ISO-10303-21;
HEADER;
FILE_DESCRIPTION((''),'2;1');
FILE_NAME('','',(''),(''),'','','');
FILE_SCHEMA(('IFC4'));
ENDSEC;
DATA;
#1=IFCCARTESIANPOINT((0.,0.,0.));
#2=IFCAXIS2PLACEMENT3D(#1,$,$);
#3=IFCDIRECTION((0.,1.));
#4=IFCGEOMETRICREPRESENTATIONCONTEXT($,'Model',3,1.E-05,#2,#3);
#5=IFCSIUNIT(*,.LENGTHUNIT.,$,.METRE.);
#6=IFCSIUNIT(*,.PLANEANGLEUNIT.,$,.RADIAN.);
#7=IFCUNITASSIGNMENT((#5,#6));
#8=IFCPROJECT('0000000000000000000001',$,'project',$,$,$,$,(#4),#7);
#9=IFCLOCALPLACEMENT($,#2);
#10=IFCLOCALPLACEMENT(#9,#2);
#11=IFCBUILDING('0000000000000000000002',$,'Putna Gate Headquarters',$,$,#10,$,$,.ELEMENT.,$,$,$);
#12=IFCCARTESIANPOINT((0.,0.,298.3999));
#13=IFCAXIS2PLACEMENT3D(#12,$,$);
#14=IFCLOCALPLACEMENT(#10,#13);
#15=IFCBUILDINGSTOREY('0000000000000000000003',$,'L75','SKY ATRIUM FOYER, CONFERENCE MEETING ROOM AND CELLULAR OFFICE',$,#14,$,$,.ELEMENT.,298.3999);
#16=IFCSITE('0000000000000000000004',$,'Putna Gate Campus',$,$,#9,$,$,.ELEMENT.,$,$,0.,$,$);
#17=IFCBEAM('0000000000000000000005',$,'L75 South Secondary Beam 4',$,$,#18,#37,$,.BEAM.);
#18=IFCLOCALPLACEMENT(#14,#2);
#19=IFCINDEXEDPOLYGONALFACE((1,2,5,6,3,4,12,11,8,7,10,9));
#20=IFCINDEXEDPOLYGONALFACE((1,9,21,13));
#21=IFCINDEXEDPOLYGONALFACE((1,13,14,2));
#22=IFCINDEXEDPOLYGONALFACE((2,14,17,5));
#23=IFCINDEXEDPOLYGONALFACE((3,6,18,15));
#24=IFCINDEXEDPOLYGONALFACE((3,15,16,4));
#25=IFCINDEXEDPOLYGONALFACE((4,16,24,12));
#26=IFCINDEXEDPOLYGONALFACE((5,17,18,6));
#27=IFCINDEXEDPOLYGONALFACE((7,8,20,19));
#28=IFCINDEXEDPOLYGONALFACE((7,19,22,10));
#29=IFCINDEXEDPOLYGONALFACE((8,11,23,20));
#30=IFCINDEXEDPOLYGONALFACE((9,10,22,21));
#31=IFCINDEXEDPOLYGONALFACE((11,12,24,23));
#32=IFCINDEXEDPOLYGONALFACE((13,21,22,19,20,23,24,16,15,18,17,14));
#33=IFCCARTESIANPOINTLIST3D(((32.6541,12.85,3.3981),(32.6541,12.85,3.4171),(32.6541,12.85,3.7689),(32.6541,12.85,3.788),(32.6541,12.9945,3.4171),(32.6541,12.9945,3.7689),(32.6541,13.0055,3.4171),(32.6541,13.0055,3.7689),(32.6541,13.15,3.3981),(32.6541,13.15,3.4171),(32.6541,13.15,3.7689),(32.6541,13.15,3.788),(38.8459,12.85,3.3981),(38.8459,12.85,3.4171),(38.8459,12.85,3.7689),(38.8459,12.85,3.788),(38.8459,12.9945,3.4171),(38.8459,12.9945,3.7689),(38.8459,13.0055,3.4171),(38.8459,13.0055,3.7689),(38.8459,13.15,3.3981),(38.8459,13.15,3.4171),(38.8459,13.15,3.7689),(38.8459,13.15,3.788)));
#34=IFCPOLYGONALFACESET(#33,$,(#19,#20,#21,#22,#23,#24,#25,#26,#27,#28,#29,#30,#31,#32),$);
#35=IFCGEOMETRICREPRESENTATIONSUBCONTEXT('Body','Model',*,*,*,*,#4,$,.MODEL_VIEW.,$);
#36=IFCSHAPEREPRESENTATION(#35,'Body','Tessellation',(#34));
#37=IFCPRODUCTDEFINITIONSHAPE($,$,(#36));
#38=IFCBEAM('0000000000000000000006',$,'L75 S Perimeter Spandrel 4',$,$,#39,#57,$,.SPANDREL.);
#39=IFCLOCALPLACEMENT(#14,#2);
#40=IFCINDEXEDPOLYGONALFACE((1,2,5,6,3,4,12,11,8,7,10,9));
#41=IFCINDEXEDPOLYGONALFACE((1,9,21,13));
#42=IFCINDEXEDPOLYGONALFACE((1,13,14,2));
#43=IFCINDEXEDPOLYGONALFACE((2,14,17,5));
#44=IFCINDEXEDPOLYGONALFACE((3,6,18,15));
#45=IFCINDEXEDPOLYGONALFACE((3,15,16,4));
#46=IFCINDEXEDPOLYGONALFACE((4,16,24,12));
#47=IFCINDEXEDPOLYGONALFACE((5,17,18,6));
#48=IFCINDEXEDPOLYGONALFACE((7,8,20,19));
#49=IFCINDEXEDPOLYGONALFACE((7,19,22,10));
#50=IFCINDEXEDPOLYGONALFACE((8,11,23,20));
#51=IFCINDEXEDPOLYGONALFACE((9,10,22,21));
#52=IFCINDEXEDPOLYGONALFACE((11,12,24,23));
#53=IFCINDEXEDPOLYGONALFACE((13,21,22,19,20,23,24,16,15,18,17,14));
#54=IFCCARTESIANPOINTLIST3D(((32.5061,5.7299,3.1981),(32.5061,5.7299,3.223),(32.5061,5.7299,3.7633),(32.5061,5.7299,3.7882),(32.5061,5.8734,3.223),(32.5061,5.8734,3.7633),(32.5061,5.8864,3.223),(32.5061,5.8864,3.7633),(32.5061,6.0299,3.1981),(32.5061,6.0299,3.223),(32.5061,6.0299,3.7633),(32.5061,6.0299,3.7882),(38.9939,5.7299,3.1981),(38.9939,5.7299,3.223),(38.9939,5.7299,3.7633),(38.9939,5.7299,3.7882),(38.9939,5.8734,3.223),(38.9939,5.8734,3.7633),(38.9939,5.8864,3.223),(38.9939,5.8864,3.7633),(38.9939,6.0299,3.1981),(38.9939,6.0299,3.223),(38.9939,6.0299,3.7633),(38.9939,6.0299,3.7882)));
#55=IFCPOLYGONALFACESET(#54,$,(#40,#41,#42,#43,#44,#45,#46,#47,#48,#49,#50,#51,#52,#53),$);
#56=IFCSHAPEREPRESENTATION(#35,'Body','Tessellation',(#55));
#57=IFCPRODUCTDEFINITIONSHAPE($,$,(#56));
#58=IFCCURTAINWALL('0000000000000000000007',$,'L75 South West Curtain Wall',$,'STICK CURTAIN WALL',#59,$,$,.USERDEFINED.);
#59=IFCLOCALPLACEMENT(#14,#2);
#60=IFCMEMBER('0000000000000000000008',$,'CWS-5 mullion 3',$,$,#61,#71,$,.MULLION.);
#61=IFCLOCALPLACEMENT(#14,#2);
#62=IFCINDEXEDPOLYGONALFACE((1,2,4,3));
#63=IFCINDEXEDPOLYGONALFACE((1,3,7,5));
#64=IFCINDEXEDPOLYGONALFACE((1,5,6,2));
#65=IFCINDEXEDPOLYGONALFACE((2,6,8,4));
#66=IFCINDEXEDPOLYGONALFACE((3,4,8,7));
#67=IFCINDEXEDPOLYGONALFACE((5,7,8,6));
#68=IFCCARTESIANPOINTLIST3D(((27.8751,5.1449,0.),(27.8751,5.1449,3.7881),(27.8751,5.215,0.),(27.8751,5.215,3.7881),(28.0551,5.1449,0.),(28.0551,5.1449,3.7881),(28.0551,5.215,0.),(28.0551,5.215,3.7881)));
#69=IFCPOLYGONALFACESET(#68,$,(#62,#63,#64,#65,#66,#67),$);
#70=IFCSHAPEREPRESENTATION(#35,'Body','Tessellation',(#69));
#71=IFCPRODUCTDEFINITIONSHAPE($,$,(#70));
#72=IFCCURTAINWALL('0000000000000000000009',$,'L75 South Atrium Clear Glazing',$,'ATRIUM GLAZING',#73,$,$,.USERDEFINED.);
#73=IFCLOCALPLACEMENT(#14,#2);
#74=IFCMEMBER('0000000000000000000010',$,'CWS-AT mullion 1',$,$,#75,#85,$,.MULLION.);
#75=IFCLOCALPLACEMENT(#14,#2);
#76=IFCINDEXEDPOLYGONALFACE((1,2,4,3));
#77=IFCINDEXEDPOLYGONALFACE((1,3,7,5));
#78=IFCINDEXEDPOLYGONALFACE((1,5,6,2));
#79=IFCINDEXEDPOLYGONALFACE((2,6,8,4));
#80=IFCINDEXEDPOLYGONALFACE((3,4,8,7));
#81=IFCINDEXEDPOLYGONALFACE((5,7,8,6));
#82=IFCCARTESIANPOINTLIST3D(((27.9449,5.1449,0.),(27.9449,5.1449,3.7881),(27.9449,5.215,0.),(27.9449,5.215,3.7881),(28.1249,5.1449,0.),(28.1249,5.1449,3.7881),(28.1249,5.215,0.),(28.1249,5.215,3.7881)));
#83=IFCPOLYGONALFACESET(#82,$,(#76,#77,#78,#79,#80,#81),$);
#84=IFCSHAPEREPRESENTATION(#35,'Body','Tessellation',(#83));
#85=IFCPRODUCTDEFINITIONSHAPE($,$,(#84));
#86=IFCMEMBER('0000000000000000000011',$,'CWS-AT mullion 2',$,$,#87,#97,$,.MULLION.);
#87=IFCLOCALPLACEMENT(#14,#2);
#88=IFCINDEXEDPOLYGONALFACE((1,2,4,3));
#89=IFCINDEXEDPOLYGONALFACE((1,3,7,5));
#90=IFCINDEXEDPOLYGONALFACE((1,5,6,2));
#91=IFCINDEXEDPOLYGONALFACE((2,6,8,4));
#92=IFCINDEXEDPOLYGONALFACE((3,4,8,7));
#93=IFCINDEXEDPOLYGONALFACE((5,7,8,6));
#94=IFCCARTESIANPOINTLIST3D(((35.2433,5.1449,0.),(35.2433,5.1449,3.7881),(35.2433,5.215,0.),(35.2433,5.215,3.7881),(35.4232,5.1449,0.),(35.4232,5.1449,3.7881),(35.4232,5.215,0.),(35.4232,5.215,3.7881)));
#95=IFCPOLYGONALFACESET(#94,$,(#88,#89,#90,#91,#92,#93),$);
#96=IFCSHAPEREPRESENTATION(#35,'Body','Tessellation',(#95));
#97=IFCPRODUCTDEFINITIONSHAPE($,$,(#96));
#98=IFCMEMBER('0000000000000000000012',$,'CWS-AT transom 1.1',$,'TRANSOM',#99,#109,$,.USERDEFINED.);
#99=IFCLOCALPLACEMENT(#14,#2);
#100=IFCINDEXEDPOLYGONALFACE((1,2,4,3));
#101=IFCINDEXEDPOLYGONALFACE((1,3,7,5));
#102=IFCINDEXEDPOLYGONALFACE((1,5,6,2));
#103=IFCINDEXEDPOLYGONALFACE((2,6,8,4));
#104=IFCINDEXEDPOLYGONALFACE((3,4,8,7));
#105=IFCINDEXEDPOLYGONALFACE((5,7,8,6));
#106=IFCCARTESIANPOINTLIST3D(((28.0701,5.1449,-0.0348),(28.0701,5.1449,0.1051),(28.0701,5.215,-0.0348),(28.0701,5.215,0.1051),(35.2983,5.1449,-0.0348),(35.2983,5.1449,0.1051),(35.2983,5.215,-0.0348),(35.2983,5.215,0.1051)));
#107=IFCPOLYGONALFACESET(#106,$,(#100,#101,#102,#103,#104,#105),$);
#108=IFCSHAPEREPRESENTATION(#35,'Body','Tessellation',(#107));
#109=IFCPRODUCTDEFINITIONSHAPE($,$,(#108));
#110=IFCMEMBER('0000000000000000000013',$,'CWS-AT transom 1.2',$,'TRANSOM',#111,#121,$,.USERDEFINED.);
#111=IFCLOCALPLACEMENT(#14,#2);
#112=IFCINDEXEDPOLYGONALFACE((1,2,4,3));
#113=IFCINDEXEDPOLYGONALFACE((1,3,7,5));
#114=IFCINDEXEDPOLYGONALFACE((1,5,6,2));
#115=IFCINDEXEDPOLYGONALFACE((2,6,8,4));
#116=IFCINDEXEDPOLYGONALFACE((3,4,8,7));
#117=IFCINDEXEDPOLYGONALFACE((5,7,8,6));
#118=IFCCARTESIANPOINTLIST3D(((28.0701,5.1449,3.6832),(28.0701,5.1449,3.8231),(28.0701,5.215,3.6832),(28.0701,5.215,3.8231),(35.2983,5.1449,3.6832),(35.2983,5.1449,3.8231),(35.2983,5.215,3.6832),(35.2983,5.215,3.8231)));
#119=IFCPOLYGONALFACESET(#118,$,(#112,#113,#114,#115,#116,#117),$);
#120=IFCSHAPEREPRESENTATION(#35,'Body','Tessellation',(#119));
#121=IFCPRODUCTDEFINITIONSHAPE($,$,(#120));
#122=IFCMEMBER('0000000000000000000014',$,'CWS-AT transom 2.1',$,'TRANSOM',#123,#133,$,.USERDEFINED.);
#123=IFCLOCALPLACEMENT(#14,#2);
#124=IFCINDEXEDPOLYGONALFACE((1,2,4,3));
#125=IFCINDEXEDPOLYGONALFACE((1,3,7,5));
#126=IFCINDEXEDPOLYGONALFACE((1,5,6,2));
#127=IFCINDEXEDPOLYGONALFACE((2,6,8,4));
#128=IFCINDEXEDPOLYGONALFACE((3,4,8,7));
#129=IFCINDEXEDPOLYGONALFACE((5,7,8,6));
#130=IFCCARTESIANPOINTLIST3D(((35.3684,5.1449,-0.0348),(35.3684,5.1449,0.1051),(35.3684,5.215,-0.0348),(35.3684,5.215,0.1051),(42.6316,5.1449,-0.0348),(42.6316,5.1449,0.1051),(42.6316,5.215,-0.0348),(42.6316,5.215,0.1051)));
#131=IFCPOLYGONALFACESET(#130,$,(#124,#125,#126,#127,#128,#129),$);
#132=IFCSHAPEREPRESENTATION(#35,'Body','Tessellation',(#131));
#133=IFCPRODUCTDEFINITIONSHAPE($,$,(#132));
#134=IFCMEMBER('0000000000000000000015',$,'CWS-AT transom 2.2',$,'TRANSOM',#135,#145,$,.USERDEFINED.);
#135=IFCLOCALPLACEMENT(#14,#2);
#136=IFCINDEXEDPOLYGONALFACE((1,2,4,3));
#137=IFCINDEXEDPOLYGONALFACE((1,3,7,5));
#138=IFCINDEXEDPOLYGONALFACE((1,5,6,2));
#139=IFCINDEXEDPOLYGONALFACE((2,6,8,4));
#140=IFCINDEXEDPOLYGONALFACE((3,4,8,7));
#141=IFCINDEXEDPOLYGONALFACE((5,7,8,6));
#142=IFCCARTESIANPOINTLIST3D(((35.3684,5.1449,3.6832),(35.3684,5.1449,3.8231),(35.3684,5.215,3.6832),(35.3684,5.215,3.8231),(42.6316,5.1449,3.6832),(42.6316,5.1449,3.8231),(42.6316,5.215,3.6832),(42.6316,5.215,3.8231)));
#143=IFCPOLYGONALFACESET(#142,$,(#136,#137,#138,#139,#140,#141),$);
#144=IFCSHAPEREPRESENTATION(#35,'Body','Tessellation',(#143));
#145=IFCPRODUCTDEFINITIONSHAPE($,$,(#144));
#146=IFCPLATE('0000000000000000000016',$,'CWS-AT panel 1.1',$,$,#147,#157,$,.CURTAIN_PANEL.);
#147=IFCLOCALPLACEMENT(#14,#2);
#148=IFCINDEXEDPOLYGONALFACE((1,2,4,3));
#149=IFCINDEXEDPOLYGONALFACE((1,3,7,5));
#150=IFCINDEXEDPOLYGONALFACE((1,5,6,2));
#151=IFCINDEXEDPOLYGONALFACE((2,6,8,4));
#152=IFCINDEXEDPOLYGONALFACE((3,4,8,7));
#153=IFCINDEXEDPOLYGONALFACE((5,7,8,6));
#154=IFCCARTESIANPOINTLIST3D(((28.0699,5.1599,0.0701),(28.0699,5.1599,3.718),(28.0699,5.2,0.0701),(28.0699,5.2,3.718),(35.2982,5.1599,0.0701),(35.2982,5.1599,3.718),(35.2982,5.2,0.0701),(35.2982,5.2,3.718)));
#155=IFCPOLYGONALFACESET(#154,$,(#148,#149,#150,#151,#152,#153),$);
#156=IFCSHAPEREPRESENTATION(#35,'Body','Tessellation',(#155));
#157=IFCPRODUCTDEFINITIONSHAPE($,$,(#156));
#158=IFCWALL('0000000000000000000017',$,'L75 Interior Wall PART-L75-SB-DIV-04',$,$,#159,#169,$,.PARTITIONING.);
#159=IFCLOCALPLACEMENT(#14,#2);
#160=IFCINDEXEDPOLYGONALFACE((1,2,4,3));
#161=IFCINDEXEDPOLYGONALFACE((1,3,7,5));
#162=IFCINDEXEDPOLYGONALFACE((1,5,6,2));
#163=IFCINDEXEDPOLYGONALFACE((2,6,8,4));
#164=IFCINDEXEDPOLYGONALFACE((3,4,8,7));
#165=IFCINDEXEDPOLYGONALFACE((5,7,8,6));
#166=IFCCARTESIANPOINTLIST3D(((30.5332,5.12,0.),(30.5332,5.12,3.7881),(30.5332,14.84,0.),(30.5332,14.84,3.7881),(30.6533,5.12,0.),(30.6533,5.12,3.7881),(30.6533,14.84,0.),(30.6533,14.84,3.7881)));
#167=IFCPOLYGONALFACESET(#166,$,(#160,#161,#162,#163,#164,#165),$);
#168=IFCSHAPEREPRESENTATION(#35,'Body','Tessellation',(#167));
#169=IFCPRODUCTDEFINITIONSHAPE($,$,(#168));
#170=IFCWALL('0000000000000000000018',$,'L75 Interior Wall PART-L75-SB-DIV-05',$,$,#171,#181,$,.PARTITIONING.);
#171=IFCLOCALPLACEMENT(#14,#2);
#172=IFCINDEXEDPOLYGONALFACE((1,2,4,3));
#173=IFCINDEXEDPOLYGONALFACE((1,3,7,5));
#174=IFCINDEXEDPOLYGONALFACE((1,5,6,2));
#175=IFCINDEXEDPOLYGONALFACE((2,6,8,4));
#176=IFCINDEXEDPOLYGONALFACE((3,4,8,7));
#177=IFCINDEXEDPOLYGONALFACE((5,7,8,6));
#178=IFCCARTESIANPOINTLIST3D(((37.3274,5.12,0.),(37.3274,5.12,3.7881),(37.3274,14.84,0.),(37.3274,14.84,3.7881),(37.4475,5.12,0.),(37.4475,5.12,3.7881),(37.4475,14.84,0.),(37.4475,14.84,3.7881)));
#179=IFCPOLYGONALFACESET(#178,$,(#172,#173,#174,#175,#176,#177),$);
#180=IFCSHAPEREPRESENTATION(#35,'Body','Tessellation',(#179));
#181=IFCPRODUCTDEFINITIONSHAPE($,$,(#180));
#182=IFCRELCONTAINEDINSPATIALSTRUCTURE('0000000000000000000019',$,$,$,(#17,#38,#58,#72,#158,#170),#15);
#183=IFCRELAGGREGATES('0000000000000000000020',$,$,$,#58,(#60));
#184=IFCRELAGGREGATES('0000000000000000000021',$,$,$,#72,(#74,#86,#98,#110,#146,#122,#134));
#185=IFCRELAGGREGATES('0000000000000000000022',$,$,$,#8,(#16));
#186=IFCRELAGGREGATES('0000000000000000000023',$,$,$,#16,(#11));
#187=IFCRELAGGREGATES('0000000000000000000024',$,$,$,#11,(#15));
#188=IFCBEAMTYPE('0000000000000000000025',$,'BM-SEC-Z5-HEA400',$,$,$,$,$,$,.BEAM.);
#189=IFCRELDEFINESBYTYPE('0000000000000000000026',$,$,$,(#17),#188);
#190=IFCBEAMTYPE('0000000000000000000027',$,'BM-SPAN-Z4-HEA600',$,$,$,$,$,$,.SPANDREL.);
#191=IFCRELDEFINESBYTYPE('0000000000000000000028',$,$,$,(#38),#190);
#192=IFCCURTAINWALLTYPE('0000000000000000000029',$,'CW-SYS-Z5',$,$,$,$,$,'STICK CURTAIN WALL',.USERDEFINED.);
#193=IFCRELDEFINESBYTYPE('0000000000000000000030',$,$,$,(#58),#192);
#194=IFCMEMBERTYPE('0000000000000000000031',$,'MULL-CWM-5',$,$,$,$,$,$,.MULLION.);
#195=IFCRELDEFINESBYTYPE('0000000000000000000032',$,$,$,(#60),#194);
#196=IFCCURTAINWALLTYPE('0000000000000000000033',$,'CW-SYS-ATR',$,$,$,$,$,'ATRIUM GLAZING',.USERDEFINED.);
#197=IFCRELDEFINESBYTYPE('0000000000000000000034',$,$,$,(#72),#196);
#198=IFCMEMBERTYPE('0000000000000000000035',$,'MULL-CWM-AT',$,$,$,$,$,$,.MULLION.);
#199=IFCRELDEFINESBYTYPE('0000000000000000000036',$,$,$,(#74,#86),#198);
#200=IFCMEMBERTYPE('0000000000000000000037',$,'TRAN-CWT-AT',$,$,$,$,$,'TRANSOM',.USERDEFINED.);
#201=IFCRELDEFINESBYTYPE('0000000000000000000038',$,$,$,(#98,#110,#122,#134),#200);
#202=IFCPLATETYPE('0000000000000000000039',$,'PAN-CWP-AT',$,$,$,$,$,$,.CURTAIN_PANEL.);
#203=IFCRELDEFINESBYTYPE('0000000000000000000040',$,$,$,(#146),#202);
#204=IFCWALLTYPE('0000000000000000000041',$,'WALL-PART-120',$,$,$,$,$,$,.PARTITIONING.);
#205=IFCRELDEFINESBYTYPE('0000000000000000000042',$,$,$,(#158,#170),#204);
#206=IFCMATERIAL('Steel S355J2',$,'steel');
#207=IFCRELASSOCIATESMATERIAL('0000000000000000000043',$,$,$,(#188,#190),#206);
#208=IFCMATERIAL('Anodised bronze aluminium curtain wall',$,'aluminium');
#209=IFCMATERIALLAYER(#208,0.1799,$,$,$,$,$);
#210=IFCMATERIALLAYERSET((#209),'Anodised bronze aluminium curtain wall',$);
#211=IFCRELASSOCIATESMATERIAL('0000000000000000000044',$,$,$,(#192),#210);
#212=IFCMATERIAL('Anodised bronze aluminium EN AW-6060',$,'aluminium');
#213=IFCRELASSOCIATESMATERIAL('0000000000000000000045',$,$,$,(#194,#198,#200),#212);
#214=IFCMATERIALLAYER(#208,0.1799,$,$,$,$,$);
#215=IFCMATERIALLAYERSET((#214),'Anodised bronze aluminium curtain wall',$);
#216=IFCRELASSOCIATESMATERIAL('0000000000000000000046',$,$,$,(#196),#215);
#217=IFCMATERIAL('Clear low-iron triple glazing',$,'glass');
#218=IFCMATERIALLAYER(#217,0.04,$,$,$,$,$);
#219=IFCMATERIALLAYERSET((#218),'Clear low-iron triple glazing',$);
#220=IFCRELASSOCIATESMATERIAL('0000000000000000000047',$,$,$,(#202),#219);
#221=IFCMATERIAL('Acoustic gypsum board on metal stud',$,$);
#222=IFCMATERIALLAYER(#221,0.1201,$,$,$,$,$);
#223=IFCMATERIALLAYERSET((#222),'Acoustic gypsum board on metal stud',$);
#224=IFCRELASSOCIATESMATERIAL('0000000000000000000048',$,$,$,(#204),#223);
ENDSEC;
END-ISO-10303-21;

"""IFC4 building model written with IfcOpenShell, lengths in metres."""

from ifc_helpers import new_model, si_unit, direction, frame, frame_2d, origin, origin_2d, place, context, subcontext, project, spatial, rectangle, i_section, extrude, material, layer, layer_set, material_profile, profile_set, type_object, element, aggregate, save


model = new_model("IFC4")

# Units and contexts
model_context = context("Model", 3, precision=1e-05, world=origin(), true_north=direction((0.0, 1.0)))
body_context = subcontext(model_context, "Body", "Model", "MODEL_VIEW")
ifc_project = project(units=[si_unit("LENGTHUNIT", "METRE"), si_unit("PLANEANGLEUNIT", "RADIAN")], contexts=[model_context])

# Site, building, storey
site_placement = place(None, origin())
site = spatial("IfcSite", under=ifc_project, at=site_placement, Name="Putna Gate Campus", CompositionType="ELEMENT", RefElevation=0.0)
building_placement = place(site_placement, origin())
building = spatial("IfcBuilding", under=site, at=building_placement, Name="Putna Gate Headquarters", CompositionType="ELEMENT")
storey_placement = place(building_placement, frame((0.0, 0.0, 298.3999)))
storey = spatial("IfcBuildingStorey", under=building, at=storey_placement, Name="L75", Description="SKY ATRIUM FOYER, CONFERENCE MEETING ROOM AND CELLULAR OFFICE", CompositionType="ELEMENT", Elevation=298.3999)

# Beams
ifc_material_1 = material(Name="Steel S355J2", Category="steel")
ifc_material_profile_1 = material_profile(ifc_material_1, i_section(OverallWidth=0.3, OverallDepth=0.3899, WebThickness=0.011, FlangeThickness=0.019, at=origin_2d()), Name="Steel S355J2")
ifc_profile_set_1 = profile_set([ifc_material_profile_1], Name="Steel S355J2")
beam_type_1 = type_object("IfcBeamType", Name="BM-SEC-Z5-HEA400", PredefinedType="BEAM", material=ifc_profile_set_1)
beam_1_placement = place(storey_placement, frame((32.6541, 13.0, 3.593), z_axis=(1.0, 0.0, 0.0), x_axis=(0.0, 1.0, 0.0)))
element("IfcBeam", 1, at=beam_1_placement, inside=storey, type_object=beam_type_1, Name="L75 South Secondary Beam 4", PredefinedType="BEAM", context=body_context, shape_type="SweptSolid", body=[
    extrude(i_section(OverallWidth=0.3, OverallDepth=0.3899, WebThickness=0.011, FlangeThickness=0.019, at=origin_2d()), origin(), (0.0, 0.0, 1.0), 6.1919),
])
ifc_material_profile_2 = material_profile(ifc_material_1, i_section(OverallWidth=0.3, OverallDepth=0.5901, WebThickness=0.0129, FlangeThickness=0.0249, at=origin_2d()), Name="Steel S355J2")
ifc_profile_set_2 = profile_set([ifc_material_profile_2], Name="Steel S355J2")
beam_type_2 = type_object("IfcBeamType", Name="BM-SPAN-Z4-HEA600", PredefinedType="SPANDREL", material=ifc_profile_set_2)
beam_2_placement = place(storey_placement, frame((32.5061, 5.8799, 3.4932), z_axis=(1.0, 0.0, 0.0), x_axis=(0.0, 1.0, 0.0)))
element("IfcBeam", 2, at=beam_2_placement, inside=storey, type_object=beam_type_2, Name="L75 S Perimeter Spandrel 4", PredefinedType="SPANDREL", context=body_context, shape_type="SweptSolid", body=[
    extrude(i_section(OverallWidth=0.3, OverallDepth=0.5901, WebThickness=0.0129, FlangeThickness=0.0249, at=origin_2d()), origin(), (0.0, 0.0, 1.0), 6.4878),
])

# Curtain wall, member
ifc_material_2 = material(Name="Anodised bronze aluminium curtain wall", Category="aluminium")
ifc_layer_1 = layer(ifc_material_2, 0.1799)
ifc_layer_set_1 = layer_set([ifc_layer_1], Name="Anodised bronze aluminium curtain wall")
curtain_wall_type_1 = type_object("IfcCurtainWallType", Name="CW-SYS-Z5", ElementType="STICK CURTAIN WALL", PredefinedType="USERDEFINED", material=ifc_layer_set_1)
curtain_wall_1_placement = place(storey_placement, origin())
curtain_wall_1 = element("IfcCurtainWall", 3, at=curtain_wall_1_placement, inside=storey, type_object=curtain_wall_type_1, Name="L75 South West Curtain Wall", ObjectType="STICK CURTAIN WALL", PredefinedType="USERDEFINED")
ifc_material_3 = material(Name="Anodised bronze aluminium EN AW-6060", Category="aluminium")
ifc_material_profile_3 = material_profile(ifc_material_3, rectangle(XDim=0.0701, YDim=0.1799, at=origin_2d()), Name="Anodised bronze aluminium EN AW-6060")
ifc_profile_set_3 = profile_set([ifc_material_profile_3], Name="Anodised bronze aluminium EN AW-6060")
member_type_1 = type_object("IfcMemberType", Name="MULL-CWM-5", PredefinedType="MULLION", material=ifc_profile_set_3)
member_1_placement = place(storey_placement, frame((27.9651, 5.1799, 0.0), z_axis=(0.0, 0.0, 1.0), x_axis=(0.0, 1.0, 0.0)))
member_1 = element("IfcMember", 4, at=member_1_placement, type_object=member_type_1, Name="CWS-5 mullion 3", PredefinedType="MULLION", context=body_context, shape_type="SweptSolid", body=[
    extrude(rectangle(XDim=0.0701, YDim=0.1799, at=origin_2d()), origin(), (0.0, 0.0, 1.0), 3.7881),
])
aggregate(curtain_wall_1, [member_1])

# Curtain wall, members, plate
ifc_layer_2 = layer(ifc_material_2, 0.1799)
ifc_layer_set_2 = layer_set([ifc_layer_2], Name="Anodised bronze aluminium curtain wall")
curtain_wall_type_2 = type_object("IfcCurtainWallType", Name="CW-SYS-ATR", ElementType="ATRIUM GLAZING", PredefinedType="USERDEFINED", material=ifc_layer_set_2)
curtain_wall_2_placement = place(storey_placement, origin())
curtain_wall_2 = element("IfcCurtainWall", 5, at=curtain_wall_2_placement, inside=storey, type_object=curtain_wall_type_2, Name="L75 South Atrium Clear Glazing", ObjectType="ATRIUM GLAZING", PredefinedType="USERDEFINED")
ifc_material_profile_4 = material_profile(ifc_material_3, rectangle(XDim=0.0701, YDim=0.1799, at=origin_2d()), Name="Anodised bronze aluminium EN AW-6060")
ifc_profile_set_4 = profile_set([ifc_material_profile_4], Name="Anodised bronze aluminium EN AW-6060")
member_type_2 = type_object("IfcMemberType", Name="MULL-CWM-AT", PredefinedType="MULLION", material=ifc_profile_set_4)
member_2_placement = place(storey_placement, frame((28.0349, 5.1799, 0.0), z_axis=(0.0, 0.0, 1.0), x_axis=(0.0, 1.0, 0.0)))
member_2 = element("IfcMember", 6, at=member_2_placement, type_object=member_type_2, Name="CWS-AT mullion 1", PredefinedType="MULLION", context=body_context, shape_type="SweptSolid", body=[
    extrude(rectangle(XDim=0.0701, YDim=0.1799, at=origin_2d()), origin(), (0.0, 0.0, 1.0), 3.7881),
])
member_3_placement = place(storey_placement, frame((35.3333, 5.1799, 0.0), z_axis=(0.0, 0.0, 1.0), x_axis=(0.0, 1.0, 0.0)))
member_3 = element("IfcMember", 7, at=member_3_placement, type_object=member_type_2, Name="CWS-AT mullion 2", PredefinedType="MULLION", context=body_context, shape_type="SweptSolid", body=[
    extrude(rectangle(XDim=0.0701, YDim=0.1799, at=origin_2d()), origin(), (0.0, 0.0, 1.0), 3.7881),
])
ifc_material_profile_5 = material_profile(ifc_material_3, rectangle(XDim=0.0701, YDim=0.1399, at=origin_2d()), Name="Anodised bronze aluminium EN AW-6060")
ifc_profile_set_5 = profile_set([ifc_material_profile_5], Name="Anodised bronze aluminium EN AW-6060")
member_type_3 = type_object("IfcMemberType", Name="TRAN-CWT-AT", ElementType="TRANSOM", PredefinedType="USERDEFINED", material=ifc_profile_set_5)
member_4_placement = place(storey_placement, frame((28.0701, 5.1799, 0.0352), z_axis=(1.0, 0.0, 0.0), x_axis=(0.0, 1.0, 0.0)))
member_4 = element("IfcMember", 8, at=member_4_placement, type_object=member_type_3, Name="CWS-AT transom 1.1", ObjectType="TRANSOM", PredefinedType="USERDEFINED", context=body_context, shape_type="SweptSolid", body=[
    extrude(rectangle(XDim=0.0701, YDim=0.1399, at=origin_2d()), origin(), (0.0, 0.0, 1.0), 7.2283),
])
member_5_placement = place(storey_placement, frame((28.0701, 5.1799, 3.7532), z_axis=(1.0, 0.0, 0.0), x_axis=(0.0, 1.0, 0.0)))
member_5 = element("IfcMember", 9, at=member_5_placement, type_object=member_type_3, Name="CWS-AT transom 1.2", ObjectType="TRANSOM", PredefinedType="USERDEFINED", context=body_context, shape_type="SweptSolid", body=[
    extrude(rectangle(XDim=0.0701, YDim=0.1399, at=origin_2d()), origin(), (0.0, 0.0, 1.0), 7.2283),
])
member_6_placement = place(storey_placement, frame((35.3684, 5.1799, 0.0352), z_axis=(1.0, 0.0, 0.0), x_axis=(0.0, 1.0, 0.0)))
member_6 = element("IfcMember", 10, at=member_6_placement, type_object=member_type_3, Name="CWS-AT transom 2.1", ObjectType="TRANSOM", PredefinedType="USERDEFINED", context=body_context, shape_type="SweptSolid", body=[
    extrude(rectangle(XDim=0.0701, YDim=0.1399, at=origin_2d()), origin(), (0.0, 0.0, 1.0), 7.2632),
])
member_7_placement = place(storey_placement, frame((35.3684, 5.1799, 3.7532), z_axis=(1.0, 0.0, 0.0), x_axis=(0.0, 1.0, 0.0)))
member_7 = element("IfcMember", 11, at=member_7_placement, type_object=member_type_3, Name="CWS-AT transom 2.2", ObjectType="TRANSOM", PredefinedType="USERDEFINED", context=body_context, shape_type="SweptSolid", body=[
    extrude(rectangle(XDim=0.0701, YDim=0.1399, at=origin_2d()), origin(), (0.0, 0.0, 1.0), 7.2632),
])
ifc_material_4 = material(Name="Clear low-iron triple glazing", Category="glass")
ifc_layer_3 = layer(ifc_material_4, 0.04)
ifc_layer_set_3 = layer_set([ifc_layer_3], Name="Clear low-iron triple glazing")
plate_type = type_object("IfcPlateType", Name="PAN-CWP-AT", PredefinedType="CURTAIN_PANEL", material=ifc_layer_set_3)
plate_placement = place(storey_placement, frame((31.6841, 5.1799, 0.0701), z_axis=(0.0, 0.0, 1.0), x_axis=(1.0, 0.0, 0.0)))
plate = element("IfcPlate", 12, at=plate_placement, type_object=plate_type, Name="CWS-AT panel 1.1", PredefinedType="CURTAIN_PANEL", context=body_context, shape_type="SweptSolid", body=[
    extrude(rectangle(XDim=7.2283, YDim=0.04, at=origin_2d()), origin(), (0.0, 0.0, 1.0), 3.6479),
])
aggregate(curtain_wall_2, [member_2, member_3, member_4, member_5, plate, member_6, member_7])

# Walls
ifc_material_5 = material(Name="Acoustic gypsum board on metal stud")
ifc_layer_4 = layer(ifc_material_5, 0.1201)
ifc_layer_set_4 = layer_set([ifc_layer_4], Name="Acoustic gypsum board on metal stud")
wall_type_1 = type_object("IfcWallType", Name="WALL-PART-120", PredefinedType="PARTITIONING", material=ifc_layer_set_4)
for number, where, z_axis, x_axis, name in (
    (13, (30.5933, 5.1201, 0.0), (0.0, 0.0, 1.0), (0.0, 1.0, 0.0), "L75 Interior Wall PART-L75-SB-DIV-04"),
    (14, (37.3875, 5.1201, 0.0), (0.0, 0.0, 1.0), (0.0, 1.0, 0.0), "L75 Interior Wall PART-L75-SB-DIV-05"),
):
    element("IfcWall", number, at=place(storey_placement, frame(where, z_axis=z_axis, x_axis=x_axis)), inside=storey, type_object=wall_type_1, Name=name, PredefinedType="PARTITIONING", context=body_context, shape_type="SweptSolid", body=[
        extrude(rectangle(XDim=9.72, YDim=0.1201, at=frame_2d((4.8599, 0.0))), origin(), (0.0, 0.0, 1.0), 3.7881),
    ])

save(model, "model.ifc")
